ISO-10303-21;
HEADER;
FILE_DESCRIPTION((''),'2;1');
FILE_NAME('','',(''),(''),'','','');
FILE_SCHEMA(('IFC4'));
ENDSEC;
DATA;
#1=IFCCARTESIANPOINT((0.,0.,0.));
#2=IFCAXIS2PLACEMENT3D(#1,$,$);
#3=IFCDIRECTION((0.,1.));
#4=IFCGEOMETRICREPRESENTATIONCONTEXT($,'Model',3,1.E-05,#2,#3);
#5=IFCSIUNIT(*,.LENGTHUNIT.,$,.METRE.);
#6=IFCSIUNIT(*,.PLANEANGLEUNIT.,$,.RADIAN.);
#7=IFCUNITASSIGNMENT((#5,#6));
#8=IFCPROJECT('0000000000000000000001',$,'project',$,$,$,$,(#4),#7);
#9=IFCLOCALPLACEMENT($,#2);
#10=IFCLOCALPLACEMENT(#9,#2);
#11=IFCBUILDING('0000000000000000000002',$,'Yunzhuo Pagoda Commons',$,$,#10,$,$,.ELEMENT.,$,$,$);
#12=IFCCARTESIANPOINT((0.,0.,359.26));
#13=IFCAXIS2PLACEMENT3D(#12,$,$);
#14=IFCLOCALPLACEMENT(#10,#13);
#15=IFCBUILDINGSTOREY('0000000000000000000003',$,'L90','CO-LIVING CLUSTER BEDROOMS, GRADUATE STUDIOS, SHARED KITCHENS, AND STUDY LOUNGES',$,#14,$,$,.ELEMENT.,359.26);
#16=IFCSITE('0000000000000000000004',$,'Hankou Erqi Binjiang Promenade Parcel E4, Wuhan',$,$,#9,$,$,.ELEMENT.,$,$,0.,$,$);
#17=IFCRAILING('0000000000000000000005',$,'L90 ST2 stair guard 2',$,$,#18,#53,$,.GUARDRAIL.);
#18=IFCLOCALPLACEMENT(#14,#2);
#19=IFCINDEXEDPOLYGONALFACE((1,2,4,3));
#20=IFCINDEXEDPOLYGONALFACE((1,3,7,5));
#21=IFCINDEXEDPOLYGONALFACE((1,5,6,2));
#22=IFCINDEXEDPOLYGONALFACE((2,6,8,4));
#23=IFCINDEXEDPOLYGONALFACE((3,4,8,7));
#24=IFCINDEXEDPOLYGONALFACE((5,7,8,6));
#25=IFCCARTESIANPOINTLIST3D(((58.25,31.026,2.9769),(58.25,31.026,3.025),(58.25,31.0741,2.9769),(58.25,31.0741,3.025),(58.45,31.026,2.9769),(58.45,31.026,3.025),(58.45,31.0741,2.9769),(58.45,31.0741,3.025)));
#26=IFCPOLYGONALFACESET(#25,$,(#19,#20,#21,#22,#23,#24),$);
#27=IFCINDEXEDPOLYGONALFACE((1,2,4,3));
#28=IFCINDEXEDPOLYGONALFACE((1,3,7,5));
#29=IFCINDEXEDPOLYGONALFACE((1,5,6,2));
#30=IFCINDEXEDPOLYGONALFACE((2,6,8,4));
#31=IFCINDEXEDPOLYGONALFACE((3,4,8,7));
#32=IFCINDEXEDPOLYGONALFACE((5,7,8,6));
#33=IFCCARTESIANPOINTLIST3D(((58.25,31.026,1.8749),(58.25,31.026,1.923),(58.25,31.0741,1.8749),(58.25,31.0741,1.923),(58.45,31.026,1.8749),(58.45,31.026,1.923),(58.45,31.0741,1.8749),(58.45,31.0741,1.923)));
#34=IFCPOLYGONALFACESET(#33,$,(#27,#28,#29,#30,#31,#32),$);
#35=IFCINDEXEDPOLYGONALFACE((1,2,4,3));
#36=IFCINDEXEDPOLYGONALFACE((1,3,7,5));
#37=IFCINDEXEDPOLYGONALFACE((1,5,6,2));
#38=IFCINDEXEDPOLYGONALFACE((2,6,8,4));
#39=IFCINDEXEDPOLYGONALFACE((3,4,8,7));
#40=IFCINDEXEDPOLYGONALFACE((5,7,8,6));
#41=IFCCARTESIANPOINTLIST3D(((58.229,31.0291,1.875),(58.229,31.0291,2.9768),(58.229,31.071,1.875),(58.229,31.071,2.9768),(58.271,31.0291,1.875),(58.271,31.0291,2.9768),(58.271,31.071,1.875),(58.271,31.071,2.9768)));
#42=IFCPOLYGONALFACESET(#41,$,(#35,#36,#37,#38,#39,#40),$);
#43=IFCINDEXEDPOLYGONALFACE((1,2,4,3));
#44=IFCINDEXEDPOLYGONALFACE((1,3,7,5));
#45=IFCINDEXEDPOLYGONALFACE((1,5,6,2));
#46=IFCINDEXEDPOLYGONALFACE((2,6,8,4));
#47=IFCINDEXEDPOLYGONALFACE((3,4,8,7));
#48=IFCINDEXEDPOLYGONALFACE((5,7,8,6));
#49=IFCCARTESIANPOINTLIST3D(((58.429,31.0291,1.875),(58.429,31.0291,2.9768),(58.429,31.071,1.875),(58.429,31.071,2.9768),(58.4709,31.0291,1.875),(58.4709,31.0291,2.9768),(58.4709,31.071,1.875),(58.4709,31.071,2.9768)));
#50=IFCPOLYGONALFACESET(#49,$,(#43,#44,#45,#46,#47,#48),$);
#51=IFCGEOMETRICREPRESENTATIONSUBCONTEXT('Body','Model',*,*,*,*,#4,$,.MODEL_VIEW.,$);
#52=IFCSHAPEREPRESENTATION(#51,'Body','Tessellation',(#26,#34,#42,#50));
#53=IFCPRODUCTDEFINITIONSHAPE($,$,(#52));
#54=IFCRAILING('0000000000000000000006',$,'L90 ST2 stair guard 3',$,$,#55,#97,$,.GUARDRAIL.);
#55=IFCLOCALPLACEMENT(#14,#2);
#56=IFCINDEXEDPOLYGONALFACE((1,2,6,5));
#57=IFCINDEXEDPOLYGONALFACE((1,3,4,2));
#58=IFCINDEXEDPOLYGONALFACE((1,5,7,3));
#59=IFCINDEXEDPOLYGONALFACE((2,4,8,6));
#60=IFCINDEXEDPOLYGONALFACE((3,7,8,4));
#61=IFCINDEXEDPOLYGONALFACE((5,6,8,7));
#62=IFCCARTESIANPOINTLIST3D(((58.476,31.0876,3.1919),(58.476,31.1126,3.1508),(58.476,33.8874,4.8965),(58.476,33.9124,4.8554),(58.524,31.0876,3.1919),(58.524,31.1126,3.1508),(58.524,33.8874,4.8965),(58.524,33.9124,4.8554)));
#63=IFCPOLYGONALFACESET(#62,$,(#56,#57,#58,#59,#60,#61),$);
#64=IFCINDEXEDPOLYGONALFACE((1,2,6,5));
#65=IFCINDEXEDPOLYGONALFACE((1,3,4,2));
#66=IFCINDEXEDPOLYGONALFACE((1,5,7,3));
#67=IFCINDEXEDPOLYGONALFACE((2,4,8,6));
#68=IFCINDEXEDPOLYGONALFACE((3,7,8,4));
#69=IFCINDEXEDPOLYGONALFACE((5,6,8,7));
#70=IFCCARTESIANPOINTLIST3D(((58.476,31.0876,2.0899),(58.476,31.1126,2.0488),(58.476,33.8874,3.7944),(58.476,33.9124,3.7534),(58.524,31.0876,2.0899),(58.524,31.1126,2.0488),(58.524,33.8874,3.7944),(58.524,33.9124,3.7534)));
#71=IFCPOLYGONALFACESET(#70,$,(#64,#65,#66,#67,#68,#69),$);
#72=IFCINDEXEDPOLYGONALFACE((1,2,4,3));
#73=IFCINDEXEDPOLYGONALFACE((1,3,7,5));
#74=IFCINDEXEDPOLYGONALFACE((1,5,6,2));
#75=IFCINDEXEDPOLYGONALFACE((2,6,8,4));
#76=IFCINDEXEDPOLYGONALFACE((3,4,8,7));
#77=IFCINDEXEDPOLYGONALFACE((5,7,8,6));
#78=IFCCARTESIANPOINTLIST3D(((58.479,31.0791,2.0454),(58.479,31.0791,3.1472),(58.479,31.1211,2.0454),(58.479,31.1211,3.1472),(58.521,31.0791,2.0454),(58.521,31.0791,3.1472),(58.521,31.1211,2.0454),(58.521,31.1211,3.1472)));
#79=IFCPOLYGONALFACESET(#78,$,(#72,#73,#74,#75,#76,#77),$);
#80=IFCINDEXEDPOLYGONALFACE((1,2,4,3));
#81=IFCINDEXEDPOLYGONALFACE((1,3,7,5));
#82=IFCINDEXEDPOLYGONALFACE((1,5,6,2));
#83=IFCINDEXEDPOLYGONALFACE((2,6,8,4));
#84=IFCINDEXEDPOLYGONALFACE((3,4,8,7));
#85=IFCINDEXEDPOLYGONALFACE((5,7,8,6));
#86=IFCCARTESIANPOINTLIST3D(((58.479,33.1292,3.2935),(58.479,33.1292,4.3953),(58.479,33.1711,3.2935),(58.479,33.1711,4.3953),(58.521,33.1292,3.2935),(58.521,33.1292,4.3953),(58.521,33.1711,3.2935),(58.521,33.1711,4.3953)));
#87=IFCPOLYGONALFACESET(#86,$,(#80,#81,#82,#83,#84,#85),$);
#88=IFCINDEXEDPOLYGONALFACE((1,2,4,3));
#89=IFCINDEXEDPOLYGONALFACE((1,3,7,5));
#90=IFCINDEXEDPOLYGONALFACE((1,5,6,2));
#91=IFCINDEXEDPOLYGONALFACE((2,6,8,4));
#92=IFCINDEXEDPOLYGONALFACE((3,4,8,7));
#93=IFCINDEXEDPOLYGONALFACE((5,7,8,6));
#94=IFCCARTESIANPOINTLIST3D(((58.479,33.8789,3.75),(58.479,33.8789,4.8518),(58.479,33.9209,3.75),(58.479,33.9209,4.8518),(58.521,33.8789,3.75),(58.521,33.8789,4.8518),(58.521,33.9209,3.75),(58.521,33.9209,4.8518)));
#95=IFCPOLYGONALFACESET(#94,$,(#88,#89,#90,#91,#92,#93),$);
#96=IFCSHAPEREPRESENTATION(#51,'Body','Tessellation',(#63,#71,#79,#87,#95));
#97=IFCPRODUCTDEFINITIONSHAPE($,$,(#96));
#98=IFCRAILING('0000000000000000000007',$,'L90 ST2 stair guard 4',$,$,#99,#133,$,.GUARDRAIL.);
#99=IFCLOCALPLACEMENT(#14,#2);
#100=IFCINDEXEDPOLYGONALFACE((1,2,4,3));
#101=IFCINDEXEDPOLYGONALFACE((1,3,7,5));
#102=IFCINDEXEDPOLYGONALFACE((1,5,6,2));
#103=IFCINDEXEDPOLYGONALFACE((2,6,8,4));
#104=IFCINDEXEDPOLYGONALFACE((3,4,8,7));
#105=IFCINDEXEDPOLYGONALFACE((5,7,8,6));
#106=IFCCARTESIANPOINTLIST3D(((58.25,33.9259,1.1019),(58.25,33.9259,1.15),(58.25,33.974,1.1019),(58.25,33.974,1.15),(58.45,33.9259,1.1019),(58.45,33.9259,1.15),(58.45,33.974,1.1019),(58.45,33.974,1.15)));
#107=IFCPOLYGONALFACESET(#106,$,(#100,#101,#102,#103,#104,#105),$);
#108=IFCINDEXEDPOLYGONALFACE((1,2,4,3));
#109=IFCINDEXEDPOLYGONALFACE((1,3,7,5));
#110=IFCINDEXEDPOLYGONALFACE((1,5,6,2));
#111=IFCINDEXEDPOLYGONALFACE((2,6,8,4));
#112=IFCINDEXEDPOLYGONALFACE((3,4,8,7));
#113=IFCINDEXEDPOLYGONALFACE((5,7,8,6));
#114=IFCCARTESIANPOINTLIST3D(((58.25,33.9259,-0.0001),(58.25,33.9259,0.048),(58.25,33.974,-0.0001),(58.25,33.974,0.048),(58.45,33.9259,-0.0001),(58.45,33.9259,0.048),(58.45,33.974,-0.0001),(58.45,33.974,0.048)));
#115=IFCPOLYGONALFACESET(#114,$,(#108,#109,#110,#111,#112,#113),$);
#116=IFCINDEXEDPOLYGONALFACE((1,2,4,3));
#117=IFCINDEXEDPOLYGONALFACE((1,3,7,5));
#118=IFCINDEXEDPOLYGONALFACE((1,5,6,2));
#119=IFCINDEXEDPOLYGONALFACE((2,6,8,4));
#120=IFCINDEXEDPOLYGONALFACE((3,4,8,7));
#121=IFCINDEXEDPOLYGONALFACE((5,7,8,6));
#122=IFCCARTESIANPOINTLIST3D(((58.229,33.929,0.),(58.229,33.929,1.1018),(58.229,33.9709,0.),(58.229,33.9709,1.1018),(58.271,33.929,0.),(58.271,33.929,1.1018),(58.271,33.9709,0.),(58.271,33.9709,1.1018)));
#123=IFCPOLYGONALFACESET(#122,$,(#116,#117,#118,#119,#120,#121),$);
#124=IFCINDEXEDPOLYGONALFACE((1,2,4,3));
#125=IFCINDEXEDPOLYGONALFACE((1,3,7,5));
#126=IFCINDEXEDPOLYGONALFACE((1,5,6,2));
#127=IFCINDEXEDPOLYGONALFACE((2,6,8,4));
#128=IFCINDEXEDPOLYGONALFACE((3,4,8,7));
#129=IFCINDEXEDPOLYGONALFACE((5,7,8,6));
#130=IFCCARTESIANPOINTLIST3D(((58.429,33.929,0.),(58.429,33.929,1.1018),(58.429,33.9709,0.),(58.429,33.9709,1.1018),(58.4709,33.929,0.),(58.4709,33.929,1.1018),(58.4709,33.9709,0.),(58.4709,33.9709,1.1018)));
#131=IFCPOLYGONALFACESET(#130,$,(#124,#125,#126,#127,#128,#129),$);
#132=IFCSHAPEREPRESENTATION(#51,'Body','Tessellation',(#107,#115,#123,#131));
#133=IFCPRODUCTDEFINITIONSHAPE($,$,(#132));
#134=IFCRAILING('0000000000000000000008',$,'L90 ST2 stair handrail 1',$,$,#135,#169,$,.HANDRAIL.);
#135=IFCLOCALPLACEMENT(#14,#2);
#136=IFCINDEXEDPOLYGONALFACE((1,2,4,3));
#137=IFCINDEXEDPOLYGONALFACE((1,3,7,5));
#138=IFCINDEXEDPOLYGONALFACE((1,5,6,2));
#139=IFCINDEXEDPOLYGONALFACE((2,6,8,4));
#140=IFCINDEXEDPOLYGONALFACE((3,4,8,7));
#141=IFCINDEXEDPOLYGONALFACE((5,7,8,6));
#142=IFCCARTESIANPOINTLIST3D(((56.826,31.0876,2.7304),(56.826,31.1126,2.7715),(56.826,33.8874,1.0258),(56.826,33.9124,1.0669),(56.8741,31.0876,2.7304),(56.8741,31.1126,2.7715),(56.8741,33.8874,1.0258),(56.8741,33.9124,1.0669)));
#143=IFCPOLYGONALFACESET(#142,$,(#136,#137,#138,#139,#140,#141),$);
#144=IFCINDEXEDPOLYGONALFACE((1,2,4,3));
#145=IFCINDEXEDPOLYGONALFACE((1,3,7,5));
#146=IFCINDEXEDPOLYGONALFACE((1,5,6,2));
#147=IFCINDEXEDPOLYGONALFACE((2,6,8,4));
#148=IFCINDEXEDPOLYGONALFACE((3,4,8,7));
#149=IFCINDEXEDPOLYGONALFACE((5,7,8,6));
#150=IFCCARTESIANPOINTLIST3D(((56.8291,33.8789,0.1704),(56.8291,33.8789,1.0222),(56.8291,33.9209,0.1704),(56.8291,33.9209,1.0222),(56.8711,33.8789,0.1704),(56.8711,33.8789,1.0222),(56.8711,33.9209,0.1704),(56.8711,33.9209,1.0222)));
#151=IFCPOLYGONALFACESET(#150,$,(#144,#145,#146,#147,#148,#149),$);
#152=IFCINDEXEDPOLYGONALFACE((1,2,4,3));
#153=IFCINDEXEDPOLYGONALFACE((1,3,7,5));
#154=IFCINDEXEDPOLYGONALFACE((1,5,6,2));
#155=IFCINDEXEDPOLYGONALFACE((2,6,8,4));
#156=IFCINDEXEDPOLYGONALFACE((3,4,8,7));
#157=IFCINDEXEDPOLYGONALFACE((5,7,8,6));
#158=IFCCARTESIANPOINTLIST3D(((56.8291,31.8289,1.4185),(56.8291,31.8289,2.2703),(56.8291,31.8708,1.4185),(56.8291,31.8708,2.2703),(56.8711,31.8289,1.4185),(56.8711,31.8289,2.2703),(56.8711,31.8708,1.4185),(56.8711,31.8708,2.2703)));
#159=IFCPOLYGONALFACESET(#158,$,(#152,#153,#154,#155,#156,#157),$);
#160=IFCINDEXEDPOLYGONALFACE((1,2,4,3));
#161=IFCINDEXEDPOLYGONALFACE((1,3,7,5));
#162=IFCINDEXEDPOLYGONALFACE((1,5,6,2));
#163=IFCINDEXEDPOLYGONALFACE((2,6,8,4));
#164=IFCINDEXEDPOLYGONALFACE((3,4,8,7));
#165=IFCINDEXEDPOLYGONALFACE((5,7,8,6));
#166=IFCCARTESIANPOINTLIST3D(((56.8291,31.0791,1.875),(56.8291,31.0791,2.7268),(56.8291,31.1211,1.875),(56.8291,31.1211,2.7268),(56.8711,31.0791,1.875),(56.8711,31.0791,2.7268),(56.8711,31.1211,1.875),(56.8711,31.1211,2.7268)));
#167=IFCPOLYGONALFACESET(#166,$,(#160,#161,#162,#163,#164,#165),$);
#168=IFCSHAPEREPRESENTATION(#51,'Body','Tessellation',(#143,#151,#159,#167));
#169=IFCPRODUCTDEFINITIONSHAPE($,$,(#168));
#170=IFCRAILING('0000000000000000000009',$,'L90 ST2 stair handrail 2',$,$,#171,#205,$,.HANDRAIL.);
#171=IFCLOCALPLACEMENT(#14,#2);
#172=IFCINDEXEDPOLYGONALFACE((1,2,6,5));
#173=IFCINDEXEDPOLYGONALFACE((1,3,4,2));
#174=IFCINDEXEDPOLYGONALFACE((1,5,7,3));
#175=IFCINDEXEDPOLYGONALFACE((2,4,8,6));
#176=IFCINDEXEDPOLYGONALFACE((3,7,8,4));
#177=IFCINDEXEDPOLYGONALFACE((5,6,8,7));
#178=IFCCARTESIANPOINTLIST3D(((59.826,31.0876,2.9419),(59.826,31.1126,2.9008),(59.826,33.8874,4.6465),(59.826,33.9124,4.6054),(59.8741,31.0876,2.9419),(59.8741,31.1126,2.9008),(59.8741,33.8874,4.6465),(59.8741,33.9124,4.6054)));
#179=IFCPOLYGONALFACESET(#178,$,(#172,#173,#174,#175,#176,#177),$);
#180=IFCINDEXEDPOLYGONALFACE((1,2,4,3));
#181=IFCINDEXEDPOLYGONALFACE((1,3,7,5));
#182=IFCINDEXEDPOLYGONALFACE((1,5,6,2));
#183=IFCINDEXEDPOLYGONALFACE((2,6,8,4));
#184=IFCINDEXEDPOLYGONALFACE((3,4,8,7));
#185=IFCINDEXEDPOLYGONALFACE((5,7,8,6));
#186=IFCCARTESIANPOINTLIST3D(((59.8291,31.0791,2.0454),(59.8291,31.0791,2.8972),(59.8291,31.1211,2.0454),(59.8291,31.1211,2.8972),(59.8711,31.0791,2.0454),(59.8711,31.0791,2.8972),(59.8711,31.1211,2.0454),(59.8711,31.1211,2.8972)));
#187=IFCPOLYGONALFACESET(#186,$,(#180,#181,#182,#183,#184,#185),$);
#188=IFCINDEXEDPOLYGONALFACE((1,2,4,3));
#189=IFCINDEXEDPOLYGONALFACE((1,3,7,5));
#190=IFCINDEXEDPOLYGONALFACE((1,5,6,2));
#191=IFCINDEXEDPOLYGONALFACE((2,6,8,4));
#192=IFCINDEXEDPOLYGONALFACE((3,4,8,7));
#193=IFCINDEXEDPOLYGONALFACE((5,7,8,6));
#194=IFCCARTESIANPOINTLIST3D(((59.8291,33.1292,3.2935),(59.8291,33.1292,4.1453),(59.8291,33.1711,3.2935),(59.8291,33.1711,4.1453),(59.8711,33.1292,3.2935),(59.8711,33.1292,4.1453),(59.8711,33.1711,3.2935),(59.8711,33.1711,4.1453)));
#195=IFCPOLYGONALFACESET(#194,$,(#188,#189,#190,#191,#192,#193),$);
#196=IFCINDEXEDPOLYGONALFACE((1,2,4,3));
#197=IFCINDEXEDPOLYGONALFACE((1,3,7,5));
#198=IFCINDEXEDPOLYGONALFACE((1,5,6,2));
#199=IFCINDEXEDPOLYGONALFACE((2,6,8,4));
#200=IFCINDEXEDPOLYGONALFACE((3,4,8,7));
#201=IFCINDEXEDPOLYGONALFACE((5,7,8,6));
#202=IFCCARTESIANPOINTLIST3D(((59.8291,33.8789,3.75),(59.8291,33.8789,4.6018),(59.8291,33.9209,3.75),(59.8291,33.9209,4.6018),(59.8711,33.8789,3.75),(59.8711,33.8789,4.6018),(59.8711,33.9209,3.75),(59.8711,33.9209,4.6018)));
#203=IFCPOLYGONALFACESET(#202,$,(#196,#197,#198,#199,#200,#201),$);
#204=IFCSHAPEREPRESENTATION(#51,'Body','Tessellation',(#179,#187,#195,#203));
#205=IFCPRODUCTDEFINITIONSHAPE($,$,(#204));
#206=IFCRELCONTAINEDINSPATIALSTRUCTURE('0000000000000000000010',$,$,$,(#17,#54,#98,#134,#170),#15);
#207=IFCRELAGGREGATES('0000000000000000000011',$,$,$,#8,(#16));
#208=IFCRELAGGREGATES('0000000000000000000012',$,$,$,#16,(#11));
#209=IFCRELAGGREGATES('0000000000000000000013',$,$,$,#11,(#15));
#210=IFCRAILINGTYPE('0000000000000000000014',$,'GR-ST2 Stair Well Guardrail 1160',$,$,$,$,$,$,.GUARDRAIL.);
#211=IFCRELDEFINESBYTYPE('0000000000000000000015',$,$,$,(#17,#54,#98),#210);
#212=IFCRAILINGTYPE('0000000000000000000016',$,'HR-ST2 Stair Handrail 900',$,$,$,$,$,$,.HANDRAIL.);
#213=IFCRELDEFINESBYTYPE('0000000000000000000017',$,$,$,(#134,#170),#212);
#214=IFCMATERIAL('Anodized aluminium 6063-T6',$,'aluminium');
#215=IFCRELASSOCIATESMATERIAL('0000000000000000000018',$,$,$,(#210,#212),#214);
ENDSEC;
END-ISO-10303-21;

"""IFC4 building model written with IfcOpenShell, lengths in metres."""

from ifc_helpers import new_model, si_unit, direction, frame, origin, origin_2d, place, context, subcontext, project, spatial, rectangle, extrude, material, type_object, element, save


model = new_model("IFC4")

# Units and contexts
model_context = context("Model", 3, precision=1e-05, world=origin(), true_north=direction((0.0, 1.0)))
body_context = subcontext(model_context, "Body", "Model", "MODEL_VIEW")
ifc_project = project(units=[si_unit("LENGTHUNIT", "METRE"), si_unit("PLANEANGLEUNIT", "RADIAN")], contexts=[model_context])

# Site, building, storey
site_placement = place(None, origin())
site = spatial("IfcSite", under=ifc_project, at=site_placement, Name="Hankou Erqi Binjiang Promenade Parcel E4, Wuhan", CompositionType="ELEMENT", RefElevation=0.0)
building_placement = place(site_placement, origin())
building = spatial("IfcBuilding", under=site, at=building_placement, Name="Yunzhuo Pagoda Commons", CompositionType="ELEMENT")
storey_placement = place(building_placement, frame((0.0, 0.0, 359.26)))
storey = spatial("IfcBuildingStorey", under=building, at=storey_placement, Name="L90", Description="CO-LIVING CLUSTER BEDROOMS, GRADUATE STUDIOS, SHARED KITCHENS, AND STUDY LOUNGES", CompositionType="ELEMENT", Elevation=359.26)

# Railings
ifc_material_1 = material(Name="Anodized aluminium 6063-T6", Category="aluminium")
railing_type_1 = type_object("IfcRailingType", Name="GR-ST2 Stair Well Guardrail 1160", PredefinedType="GUARDRAIL", material=ifc_material_1)
railing_1_placement = place(storey_placement, frame((58.25, 31.05, 1.875)))
element("IfcRailing", 1, at=railing_1_placement, inside=storey, type_object=railing_type_1, Name="L90 ST2 stair guard 2", PredefinedType="GUARDRAIL", context=body_context, shape_type="SweptSolid", body=[
    extrude(rectangle(XDim=0.0481, YDim=0.0481, at=origin_2d()), frame((0.0, 0.0, 1.126), z_axis=(1.0, 0.0, 0.0), x_axis=(0.0, 1.0, 0.0)), (0.0, 0.0, 1.0), 0.2),
    extrude(rectangle(XDim=0.0481, YDim=0.0481, at=origin_2d()), frame((0.0, 0.0, 0.0239), z_axis=(1.0, 0.0, 0.0), x_axis=(0.0, 1.0, 0.0)), (0.0, 0.0, 1.0), 0.2),
    extrude(rectangle(XDim=0.042, YDim=0.042, at=origin_2d()), origin(), (0.0, 0.0, 1.0), 1.1018),
    extrude(rectangle(XDim=0.042, YDim=0.042, at=origin_2d()), frame((0.2, 0.0, 0.0)), (0.0, 0.0, 1.0), 1.1018),
])
railing_2_placement = place(storey_placement, frame((58.5, 31.1001, 2.0454)))
element("IfcRailing", 2, at=railing_2_placement, inside=storey, type_object=railing_type_1, Name="L90 ST2 stair guard 3", PredefinedType="GUARDRAIL", context=body_context, shape_type="SweptSolid", body=[
    extrude(rectangle(XDim=0.0481, YDim=0.0481, at=origin_2d()), frame((0.0, 0.0, 1.126), z_axis=(0.0, 0.85415, 0.520027), x_axis=(-1.0, 0.0, 0.0)), (0.0, 0.0, 1.0), 3.2778),
    extrude(rectangle(XDim=0.0481, YDim=0.0481, at=origin_2d()), frame((0.0, 0.0, 0.0239), z_axis=(0.0, 0.85415, 0.520027), x_axis=(-1.0, 0.0, 0.0)), (0.0, 0.0, 1.0), 3.2778),
    extrude(rectangle(XDim=0.042, YDim=0.042, at=origin_2d()), origin(), (0.0, 0.0, 1.0), 1.1018),
    extrude(rectangle(XDim=0.042, YDim=0.042, at=origin_2d()), frame((0.0, 2.05, 1.248)), (0.0, 0.0, 1.0), 1.1018),
    extrude(rectangle(XDim=0.042, YDim=0.042, at=origin_2d()), frame((0.0, 2.7998, 1.7046)), (0.0, 0.0, 1.0), 1.1018),
])
railing_3_placement = place(storey_placement, frame((58.25, 33.95, 0.0)))
element("IfcRailing", 3, at=railing_3_placement, inside=storey, type_object=railing_type_1, Name="L90 ST2 stair guard 4", PredefinedType="GUARDRAIL", context=body_context, shape_type="SweptSolid", body=[
    extrude(rectangle(XDim=0.0481, YDim=0.0481, at=origin_2d()), frame((0.0, 0.0, 1.126), z_axis=(1.0, 0.0, 0.0), x_axis=(0.0, 1.0, 0.0)), (0.0, 0.0, 1.0), 0.2),
    extrude(rectangle(XDim=0.0481, YDim=0.0481, at=origin_2d()), frame((0.0, 0.0, 0.0239), z_axis=(1.0, 0.0, 0.0), x_axis=(0.0, 1.0, 0.0)), (0.0, 0.0, 1.0), 0.2),
    extrude(rectangle(XDim=0.042, YDim=0.042, at=origin_2d()), origin(), (0.0, 0.0, 1.0), 1.1018),
    extrude(rectangle(XDim=0.042, YDim=0.042, at=origin_2d()), frame((0.2, 0.0, 0.0)), (0.0, 0.0, 1.0), 1.1018),
])
railing_type_2 = type_object("IfcRailingType", Name="HR-ST2 Stair Handrail 900", PredefinedType="HANDRAIL", material=ifc_material_1)
railing_4_placement = place(storey_placement, frame((56.8501, 33.8999, 0.1704)))
element("IfcRailing", 4, at=railing_4_placement, inside=storey, type_object=railing_type_2, Name="L90 ST2 stair handrail 1", PredefinedType="HANDRAIL", context=body_context, shape_type="SweptSolid", body=[
    extrude(rectangle(XDim=0.0481, YDim=0.0481, at=origin_2d()), frame((0.0, 0.0, 0.876), z_axis=(0.0, -0.85415, 0.520027), x_axis=(1.0, 0.0, 0.0)), (0.0, 0.0, 1.0), 3.2778),
    extrude(rectangle(XDim=0.042, YDim=0.042, at=origin_2d()), origin(), (0.0, 0.0, 1.0), 0.8518),
    extrude(rectangle(XDim=0.042, YDim=0.042, at=origin_2d()), frame((0.0, -2.05, 1.248)), (0.0, 0.0, 1.0), 0.8518),
    extrude(rectangle(XDim=0.042, YDim=0.042, at=origin_2d()), frame((0.0, -2.7998, 1.7046)), (0.0, 0.0, 1.0), 0.8518),
])
railing_5_placement = place(storey_placement, frame((59.8501, 31.1001, 2.0454)))
element("IfcRailing", 5, at=railing_5_placement, inside=storey, type_object=railing_type_2, Name="L90 ST2 stair handrail 2", PredefinedType="HANDRAIL", context=body_context, shape_type="SweptSolid", body=[
    extrude(rectangle(XDim=0.0481, YDim=0.0481, at=origin_2d()), frame((0.0, 0.0, 0.876), z_axis=(0.0, 0.85415, 0.520027), x_axis=(-1.0, 0.0, 0.0)), (0.0, 0.0, 1.0), 3.2778),
    extrude(rectangle(XDim=0.042, YDim=0.042, at=origin_2d()), origin(), (0.0, 0.0, 1.0), 0.8518),
    extrude(rectangle(XDim=0.042, YDim=0.042, at=origin_2d()), frame((0.0, 2.05, 1.248)), (0.0, 0.0, 1.0), 0.8518),
    extrude(rectangle(XDim=0.042, YDim=0.042, at=origin_2d()), frame((0.0, 2.7998, 1.7046)), (0.0, 0.0, 1.0), 0.8518),
])

save(model, "model.ifc")
